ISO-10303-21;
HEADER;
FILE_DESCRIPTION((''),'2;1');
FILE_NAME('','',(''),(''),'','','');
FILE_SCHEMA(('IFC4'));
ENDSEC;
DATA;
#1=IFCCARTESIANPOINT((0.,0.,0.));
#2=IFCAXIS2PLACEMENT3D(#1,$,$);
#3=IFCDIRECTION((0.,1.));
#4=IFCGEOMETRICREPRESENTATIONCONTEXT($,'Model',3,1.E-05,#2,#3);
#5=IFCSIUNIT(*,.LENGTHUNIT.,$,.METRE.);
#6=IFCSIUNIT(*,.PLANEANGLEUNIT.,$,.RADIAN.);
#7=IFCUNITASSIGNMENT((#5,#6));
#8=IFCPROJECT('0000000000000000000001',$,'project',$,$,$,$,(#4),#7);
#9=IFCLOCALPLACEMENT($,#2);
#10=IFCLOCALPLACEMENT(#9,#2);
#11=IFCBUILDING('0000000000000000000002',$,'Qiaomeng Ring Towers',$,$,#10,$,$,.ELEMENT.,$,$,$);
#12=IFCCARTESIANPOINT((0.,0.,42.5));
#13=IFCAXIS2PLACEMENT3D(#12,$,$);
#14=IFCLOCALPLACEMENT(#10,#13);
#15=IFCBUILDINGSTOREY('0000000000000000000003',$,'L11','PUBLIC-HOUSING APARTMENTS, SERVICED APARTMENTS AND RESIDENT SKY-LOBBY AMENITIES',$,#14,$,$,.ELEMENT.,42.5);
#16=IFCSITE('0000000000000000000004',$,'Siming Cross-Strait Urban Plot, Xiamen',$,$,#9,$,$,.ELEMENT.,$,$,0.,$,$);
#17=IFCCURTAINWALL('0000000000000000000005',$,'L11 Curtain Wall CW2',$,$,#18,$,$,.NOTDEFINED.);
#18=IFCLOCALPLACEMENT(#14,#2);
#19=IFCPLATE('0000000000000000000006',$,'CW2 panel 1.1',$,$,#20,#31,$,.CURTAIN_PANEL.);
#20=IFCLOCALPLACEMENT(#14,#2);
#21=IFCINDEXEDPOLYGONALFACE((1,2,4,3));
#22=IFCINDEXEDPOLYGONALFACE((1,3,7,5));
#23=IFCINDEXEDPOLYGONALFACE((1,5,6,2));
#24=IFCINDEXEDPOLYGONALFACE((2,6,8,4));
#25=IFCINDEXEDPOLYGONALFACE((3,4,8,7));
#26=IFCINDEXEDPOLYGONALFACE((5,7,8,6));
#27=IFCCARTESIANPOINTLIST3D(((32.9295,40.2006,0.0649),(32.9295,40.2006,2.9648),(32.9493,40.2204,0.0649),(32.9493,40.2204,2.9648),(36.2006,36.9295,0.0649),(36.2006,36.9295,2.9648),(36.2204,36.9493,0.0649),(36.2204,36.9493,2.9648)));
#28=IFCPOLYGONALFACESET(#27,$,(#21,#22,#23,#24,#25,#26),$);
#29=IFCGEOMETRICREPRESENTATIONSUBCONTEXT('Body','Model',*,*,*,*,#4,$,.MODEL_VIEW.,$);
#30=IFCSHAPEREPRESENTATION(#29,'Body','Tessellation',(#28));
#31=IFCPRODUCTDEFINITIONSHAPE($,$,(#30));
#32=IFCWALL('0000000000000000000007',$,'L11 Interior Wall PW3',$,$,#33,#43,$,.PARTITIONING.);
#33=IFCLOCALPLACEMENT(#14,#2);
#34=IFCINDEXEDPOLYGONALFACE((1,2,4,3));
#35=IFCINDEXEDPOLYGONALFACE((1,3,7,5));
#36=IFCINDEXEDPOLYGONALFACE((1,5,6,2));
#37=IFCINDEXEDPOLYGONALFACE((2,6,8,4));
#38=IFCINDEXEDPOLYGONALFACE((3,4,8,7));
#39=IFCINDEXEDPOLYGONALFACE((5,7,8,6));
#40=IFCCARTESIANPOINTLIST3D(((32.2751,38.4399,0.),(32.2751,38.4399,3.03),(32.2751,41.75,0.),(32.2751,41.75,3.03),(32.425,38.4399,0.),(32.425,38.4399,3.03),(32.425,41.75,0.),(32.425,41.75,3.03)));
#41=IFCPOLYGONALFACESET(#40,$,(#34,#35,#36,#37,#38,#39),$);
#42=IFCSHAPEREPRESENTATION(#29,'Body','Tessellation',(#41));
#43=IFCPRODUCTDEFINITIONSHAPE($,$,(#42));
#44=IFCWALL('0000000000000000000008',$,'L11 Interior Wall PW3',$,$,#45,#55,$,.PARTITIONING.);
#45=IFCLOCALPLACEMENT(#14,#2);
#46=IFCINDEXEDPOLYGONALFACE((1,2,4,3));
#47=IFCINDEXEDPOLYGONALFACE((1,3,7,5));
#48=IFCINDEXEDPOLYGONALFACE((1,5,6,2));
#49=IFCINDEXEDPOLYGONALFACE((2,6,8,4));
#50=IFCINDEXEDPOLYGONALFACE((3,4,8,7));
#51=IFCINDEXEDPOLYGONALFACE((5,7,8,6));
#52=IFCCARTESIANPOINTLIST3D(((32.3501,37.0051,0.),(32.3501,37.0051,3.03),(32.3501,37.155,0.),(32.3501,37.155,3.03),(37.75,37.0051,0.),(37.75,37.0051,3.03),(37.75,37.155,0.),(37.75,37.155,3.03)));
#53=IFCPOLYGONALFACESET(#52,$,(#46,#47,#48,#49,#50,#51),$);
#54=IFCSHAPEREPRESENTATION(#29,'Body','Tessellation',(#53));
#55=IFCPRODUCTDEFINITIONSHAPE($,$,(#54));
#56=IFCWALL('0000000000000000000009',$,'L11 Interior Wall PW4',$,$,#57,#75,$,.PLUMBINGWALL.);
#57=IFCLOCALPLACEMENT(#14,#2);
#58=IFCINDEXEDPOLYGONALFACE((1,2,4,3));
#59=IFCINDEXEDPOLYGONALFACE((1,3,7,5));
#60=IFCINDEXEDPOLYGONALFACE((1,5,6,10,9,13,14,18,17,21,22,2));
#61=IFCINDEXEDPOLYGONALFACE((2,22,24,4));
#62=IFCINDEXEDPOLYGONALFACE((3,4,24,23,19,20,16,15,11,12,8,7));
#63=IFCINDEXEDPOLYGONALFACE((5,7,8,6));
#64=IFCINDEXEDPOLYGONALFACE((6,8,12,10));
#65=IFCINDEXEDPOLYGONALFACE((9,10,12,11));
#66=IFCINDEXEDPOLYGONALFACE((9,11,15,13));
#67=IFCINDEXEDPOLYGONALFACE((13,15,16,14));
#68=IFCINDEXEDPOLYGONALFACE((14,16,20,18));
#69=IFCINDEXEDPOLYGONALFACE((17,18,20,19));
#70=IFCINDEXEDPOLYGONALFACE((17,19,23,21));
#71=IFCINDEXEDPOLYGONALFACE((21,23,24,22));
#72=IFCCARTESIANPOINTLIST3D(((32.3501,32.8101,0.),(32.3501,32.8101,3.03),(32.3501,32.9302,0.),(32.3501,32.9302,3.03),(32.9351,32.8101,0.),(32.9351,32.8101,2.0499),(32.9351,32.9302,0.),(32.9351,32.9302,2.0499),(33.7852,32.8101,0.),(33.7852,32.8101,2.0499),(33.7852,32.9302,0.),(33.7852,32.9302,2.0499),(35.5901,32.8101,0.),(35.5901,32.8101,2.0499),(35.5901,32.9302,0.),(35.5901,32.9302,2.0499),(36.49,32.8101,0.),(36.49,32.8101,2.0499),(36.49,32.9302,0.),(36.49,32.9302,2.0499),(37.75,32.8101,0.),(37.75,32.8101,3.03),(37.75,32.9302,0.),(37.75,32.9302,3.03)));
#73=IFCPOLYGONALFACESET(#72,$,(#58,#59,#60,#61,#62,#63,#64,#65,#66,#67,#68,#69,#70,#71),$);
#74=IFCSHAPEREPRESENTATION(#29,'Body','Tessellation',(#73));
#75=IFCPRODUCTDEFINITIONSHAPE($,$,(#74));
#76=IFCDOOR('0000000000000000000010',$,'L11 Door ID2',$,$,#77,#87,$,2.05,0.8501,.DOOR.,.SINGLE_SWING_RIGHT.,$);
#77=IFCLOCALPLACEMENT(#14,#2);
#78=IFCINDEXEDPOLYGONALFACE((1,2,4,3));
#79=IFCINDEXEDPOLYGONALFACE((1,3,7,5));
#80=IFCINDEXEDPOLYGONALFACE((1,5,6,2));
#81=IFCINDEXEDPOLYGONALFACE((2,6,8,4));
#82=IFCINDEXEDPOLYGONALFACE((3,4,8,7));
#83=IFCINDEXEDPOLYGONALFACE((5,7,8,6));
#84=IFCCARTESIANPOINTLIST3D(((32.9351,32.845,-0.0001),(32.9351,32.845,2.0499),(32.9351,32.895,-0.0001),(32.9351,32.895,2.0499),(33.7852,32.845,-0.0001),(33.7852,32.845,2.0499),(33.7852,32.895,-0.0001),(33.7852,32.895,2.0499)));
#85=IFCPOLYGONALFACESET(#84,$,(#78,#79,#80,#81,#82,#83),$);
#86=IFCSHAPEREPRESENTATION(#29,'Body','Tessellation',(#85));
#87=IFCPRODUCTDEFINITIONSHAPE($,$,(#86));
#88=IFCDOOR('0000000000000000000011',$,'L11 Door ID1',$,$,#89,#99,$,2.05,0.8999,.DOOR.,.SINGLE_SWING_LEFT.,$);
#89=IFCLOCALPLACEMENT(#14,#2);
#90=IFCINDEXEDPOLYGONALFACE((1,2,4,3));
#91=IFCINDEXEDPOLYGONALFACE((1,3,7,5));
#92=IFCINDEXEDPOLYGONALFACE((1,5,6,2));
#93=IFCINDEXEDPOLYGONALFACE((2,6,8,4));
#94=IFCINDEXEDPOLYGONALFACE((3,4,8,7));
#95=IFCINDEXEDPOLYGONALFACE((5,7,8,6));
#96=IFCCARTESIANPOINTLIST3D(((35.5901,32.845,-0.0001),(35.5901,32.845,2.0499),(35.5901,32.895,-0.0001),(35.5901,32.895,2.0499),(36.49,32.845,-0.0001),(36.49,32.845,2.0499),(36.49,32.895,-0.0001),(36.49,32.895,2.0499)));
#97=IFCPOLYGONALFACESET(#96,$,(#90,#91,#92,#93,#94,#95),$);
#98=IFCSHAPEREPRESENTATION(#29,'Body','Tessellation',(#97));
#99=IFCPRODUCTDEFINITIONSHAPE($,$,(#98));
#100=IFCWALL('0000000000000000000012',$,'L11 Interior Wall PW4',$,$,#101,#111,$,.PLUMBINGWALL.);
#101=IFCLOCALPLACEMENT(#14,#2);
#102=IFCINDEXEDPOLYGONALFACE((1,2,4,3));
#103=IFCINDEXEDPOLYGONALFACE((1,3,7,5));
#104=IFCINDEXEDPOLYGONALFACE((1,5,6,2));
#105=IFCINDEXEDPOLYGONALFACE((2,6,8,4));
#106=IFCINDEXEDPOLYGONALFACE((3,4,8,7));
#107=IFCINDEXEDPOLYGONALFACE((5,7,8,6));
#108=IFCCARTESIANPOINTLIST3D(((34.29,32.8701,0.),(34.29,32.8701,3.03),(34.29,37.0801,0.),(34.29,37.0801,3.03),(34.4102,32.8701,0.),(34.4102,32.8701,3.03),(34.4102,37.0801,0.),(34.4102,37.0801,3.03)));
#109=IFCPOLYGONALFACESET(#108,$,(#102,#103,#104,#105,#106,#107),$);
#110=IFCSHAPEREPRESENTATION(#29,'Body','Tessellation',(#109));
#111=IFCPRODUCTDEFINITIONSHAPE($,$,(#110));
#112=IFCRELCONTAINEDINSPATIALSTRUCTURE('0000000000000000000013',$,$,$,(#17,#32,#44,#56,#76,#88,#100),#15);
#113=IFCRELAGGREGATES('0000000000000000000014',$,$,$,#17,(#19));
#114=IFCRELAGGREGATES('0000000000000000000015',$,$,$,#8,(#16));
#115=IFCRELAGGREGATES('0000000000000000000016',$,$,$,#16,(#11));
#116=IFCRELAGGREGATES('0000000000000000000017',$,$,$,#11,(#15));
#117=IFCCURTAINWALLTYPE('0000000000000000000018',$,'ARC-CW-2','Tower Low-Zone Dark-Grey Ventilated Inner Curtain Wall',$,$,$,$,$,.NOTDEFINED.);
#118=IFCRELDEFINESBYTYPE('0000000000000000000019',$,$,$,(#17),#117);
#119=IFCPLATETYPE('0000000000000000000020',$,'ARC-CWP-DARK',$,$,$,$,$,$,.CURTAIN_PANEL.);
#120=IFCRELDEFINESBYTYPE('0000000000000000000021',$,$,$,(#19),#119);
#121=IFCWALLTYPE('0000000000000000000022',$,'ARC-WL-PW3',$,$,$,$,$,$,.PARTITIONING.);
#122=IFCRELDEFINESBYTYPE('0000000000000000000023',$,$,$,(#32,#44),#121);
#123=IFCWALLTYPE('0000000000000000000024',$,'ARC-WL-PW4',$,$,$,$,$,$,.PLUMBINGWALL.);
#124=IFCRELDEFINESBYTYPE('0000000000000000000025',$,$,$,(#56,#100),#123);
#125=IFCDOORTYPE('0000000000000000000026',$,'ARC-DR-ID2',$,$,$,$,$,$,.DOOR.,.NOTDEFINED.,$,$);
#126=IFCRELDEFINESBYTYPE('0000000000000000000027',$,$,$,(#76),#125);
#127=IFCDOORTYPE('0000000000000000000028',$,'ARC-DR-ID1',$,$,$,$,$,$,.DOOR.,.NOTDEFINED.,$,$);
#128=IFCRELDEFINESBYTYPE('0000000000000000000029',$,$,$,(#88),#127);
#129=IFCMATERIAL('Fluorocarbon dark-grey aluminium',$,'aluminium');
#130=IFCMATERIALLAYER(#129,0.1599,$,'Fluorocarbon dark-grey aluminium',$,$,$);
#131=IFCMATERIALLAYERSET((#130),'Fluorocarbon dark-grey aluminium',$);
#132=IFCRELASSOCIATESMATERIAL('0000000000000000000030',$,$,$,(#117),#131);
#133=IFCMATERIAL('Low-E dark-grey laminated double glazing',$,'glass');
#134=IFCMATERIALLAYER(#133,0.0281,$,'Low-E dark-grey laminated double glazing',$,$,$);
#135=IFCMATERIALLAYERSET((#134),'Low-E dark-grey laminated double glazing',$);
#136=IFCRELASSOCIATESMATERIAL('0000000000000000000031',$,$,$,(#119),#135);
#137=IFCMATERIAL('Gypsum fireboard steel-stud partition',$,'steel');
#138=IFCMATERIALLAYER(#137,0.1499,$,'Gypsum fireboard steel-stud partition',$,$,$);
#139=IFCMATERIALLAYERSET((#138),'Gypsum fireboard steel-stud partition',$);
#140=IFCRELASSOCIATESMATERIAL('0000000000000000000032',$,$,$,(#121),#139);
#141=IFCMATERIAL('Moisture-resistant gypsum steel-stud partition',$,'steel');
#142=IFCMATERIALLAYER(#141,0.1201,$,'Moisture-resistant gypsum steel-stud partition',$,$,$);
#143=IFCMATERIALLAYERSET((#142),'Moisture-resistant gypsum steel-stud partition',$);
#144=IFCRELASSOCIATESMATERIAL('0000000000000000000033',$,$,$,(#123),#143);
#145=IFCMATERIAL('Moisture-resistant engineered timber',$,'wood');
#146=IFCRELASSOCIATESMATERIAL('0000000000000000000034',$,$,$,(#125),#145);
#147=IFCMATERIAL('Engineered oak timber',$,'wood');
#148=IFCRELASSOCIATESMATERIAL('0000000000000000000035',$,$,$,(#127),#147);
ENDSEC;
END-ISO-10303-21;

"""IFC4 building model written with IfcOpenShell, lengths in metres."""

from ifc_helpers import new_model, si_unit, direction, frame, frame_2d, origin, origin_2d, place, context, subcontext, project, spatial, rectangle, extrude, source, transform, mapped, material, layer, layer_set, type_object, element, fill, aggregate, save


model = new_model("IFC4")

# Units and contexts
model_context = context("Model", 3, precision=1e-05, world=origin(), true_north=direction((0.0, 1.0)))
body_context = subcontext(model_context, "Body", "Model", "MODEL_VIEW")
ifc_project = project(units=[si_unit("LENGTHUNIT", "METRE"), si_unit("PLANEANGLEUNIT", "RADIAN")], contexts=[model_context])

# Site, building, storey
site_placement = place(None, origin())
site = spatial("IfcSite", under=ifc_project, at=site_placement, Name="Siming Cross-Strait Urban Plot, Xiamen", CompositionType="ELEMENT", RefElevation=0.0)
building_placement = place(site_placement, origin())
building = spatial("IfcBuilding", under=site, at=building_placement, Name="Qiaomeng Ring Towers", CompositionType="ELEMENT")
storey_placement = place(building_placement, frame((0.0, 0.0, 42.5)))
storey = spatial("IfcBuildingStorey", under=building, at=storey_placement, Name="L11", Description="PUBLIC-HOUSING APARTMENTS, SERVICED APARTMENTS AND RESIDENT SKY-LOBBY AMENITIES", CompositionType="ELEMENT", Elevation=42.5)

# Curtain wall, plate
ifc_material_1 = material(Name="Fluorocarbon dark-grey aluminium", Category="aluminium")
ifc_layer_1 = layer(ifc_material_1, 0.1599, Name="Fluorocarbon dark-grey aluminium")
ifc_layer_set_1 = layer_set([ifc_layer_1], Name="Fluorocarbon dark-grey aluminium")
curtain_wall_type = type_object("IfcCurtainWallType", Name="ARC-CW-2", Description="Tower Low-Zone Dark-Grey Ventilated Inner Curtain Wall", PredefinedType="NOTDEFINED", material=ifc_layer_set_1)
curtain_wall_placement = place(storey_placement, origin())
curtain_wall = element("IfcCurtainWall", 1, at=curtain_wall_placement, inside=storey, type_object=curtain_wall_type, Name="L11 Curtain Wall CW2", PredefinedType="NOTDEFINED")
ifc_material_2 = material(Name="Low-E dark-grey laminated double glazing", Category="glass")
ifc_layer_2 = layer(ifc_material_2, 0.0281, Name="Low-E dark-grey laminated double glazing")
ifc_layer_set_2 = layer_set([ifc_layer_2], Name="Low-E dark-grey laminated double glazing")
plate_type = type_object("IfcPlateType", Name="ARC-CWP-DARK", PredefinedType="CURTAIN_PANEL", material=ifc_layer_set_2)
shared_shape_1 = source(origin(), body_context, "Body", "SweptSolid", [
    extrude(rectangle(XDim=4.626, YDim=0.0281, at=origin_2d()), origin(), (0.0, 0.0, 1.0), 2.8999),
])
plate_placement = place(storey_placement, frame((34.575, 38.575, 0.0649), z_axis=(0.0, 0.0, 1.0), x_axis=(-0.707107, 0.707107, 0.0)))
plate = element("IfcPlate", 2, at=plate_placement, type_object=plate_type, Name="CW2 panel 1.1", PredefinedType="CURTAIN_PANEL", context=body_context, shape_type="MappedRepresentation", body=[
    mapped(shared_shape_1, transform((0.0, 0.0, 0.0), x_axis=(1.0, 0.0, 0.0), y_axis=(0.0, 1.0, 0.0), z_axis=(0.0, 0.0, 1.0), scale=1.0)),
])
aggregate(curtain_wall, [plate])

# Walls
ifc_material_3 = material(Name="Gypsum fireboard steel-stud partition", Category="steel")
ifc_layer_3 = layer(ifc_material_3, 0.1499, Name="Gypsum fireboard steel-stud partition")
ifc_layer_set_3 = layer_set([ifc_layer_3], Name="Gypsum fireboard steel-stud partition")
wall_type_1 = type_object("IfcWallType", Name="ARC-WL-PW3", PredefinedType="PARTITIONING", material=ifc_layer_set_3)
wall_1_placement = place(storey_placement, frame((32.3501, 38.4399, 0.0), z_axis=(0.0, 0.0, 1.0), x_axis=(0.0, 1.0, 0.0)))
element("IfcWall", 3, at=wall_1_placement, inside=storey, type_object=wall_type_1, Name="L11 Interior Wall PW3", PredefinedType="PARTITIONING", context=body_context, shape_type="SweptSolid", body=[
    extrude(rectangle(XDim=3.3101, YDim=0.1499, at=frame_2d((1.655, 0.0))), origin(), (0.0, 0.0, 1.0), 3.03),
])
wall_2_placement = place(storey_placement, frame((32.3501, 37.0801, 0.0), z_axis=(0.0, 0.0, 1.0), x_axis=(1.0, 0.0, 0.0)))
element("IfcWall", 4, at=wall_2_placement, inside=storey, type_object=wall_type_1, Name="L11 Interior Wall PW3", PredefinedType="PARTITIONING", context=body_context, shape_type="SweptSolid", body=[
    extrude(rectangle(XDim=5.3999, YDim=0.1499, at=frame_2d((2.7, 0.0))), origin(), (0.0, 0.0, 1.0), 3.03),
])

# Wall, openings, doors
ifc_material_4 = material(Name="Moisture-resistant gypsum steel-stud partition", Category="steel")
ifc_layer_4 = layer(ifc_material_4, 0.1201, Name="Moisture-resistant gypsum steel-stud partition")
ifc_layer_set_4 = layer_set([ifc_layer_4], Name="Moisture-resistant gypsum steel-stud partition")
wall_type_2 = type_object("IfcWallType", Name="ARC-WL-PW4", PredefinedType="PLUMBINGWALL", material=ifc_layer_set_4)
wall_3_placement = place(storey_placement, frame((32.3501, 32.8701, 0.0), z_axis=(0.0, 0.0, 1.0), x_axis=(1.0, 0.0, 0.0)))
wall_3 = element("IfcWall", 5, at=wall_3_placement, inside=storey, type_object=wall_type_2, Name="L11 Interior Wall PW4", PredefinedType="PLUMBINGWALL", context=body_context, shape_type="SweptSolid", body=[
    extrude(rectangle(XDim=5.3999, YDim=0.1201, at=frame_2d((2.7, 0.0))), origin(), (0.0, 0.0, 1.0), 3.03),
])
opening_1_placement = place(wall_3_placement, frame((0.585, 0.0, 0.0)))
opening_1 = element("IfcOpeningElement", 6, at=opening_1_placement, cuts=wall_3, PredefinedType="OPENING", context=body_context, shape_type="SweptSolid", body=[
    extrude(rectangle(XDim=0.8501, YDim=2.05, at=frame_2d((0.425, 1.0249))), frame((0.0, 0.0701, 0.0), z_axis=(0.0, -1.0, 0.0), x_axis=(1.0, 0.0, 0.0)), (0.0, 0.0, 1.0), 0.1401),
])
opening_2_placement = place(wall_3_placement, frame((3.24, 0.0, 0.0)))
opening_2 = element("IfcOpeningElement", 7, at=opening_2_placement, cuts=wall_3, PredefinedType="OPENING", context=body_context, shape_type="SweptSolid", body=[
    extrude(rectangle(XDim=0.8999, YDim=2.05, at=frame_2d((0.45, 1.0249))), frame((0.0, 0.0701, 0.0), z_axis=(0.0, -1.0, 0.0), x_axis=(1.0, 0.0, 0.0)), (0.0, 0.0, 1.0), 0.1401),
])
ifc_material_5 = material(Name="Moisture-resistant engineered timber", Category="wood")
door_type_1 = type_object("IfcDoorType", Name="ARC-DR-ID2", OperationType="NOTDEFINED", PredefinedType="DOOR", material=ifc_material_5)
shared_shape_2 = source(origin(), body_context, "Body", "SweptSolid", [
    extrude(rectangle(XDim=0.8501, YDim=2.05, at=frame_2d((0.425, 1.0249))), frame((0.0, 0.0249, 0.0), z_axis=(0.0, -1.0, 0.0), x_axis=(1.0, 0.0, 0.0)), (0.0, 0.0, 1.0), 0.05),
])
door_1_placement = place(opening_1_placement, origin())
door_1 = element("IfcDoor", 8, at=door_1_placement, inside=storey, type_object=door_type_1, Name="L11 Door ID2", OperationType="SINGLE_SWING_RIGHT", OverallHeight=2.05, OverallWidth=0.8501, PredefinedType="DOOR", context=body_context, shape_type="MappedRepresentation", body=[
    mapped(shared_shape_2, transform((0.0, 0.0, 0.0), x_axis=(1.0, 0.0, 0.0), y_axis=(0.0, 1.0, 0.0), z_axis=(0.0, 0.0, 1.0), scale=1.0)),
])
fill(opening_1, door_1)
ifc_material_6 = material(Name="Engineered oak timber", Category="wood")
door_type_2 = type_object("IfcDoorType", Name="ARC-DR-ID1", OperationType="NOTDEFINED", PredefinedType="DOOR", material=ifc_material_6)
shared_shape_3 = source(origin(), body_context, "Body", "SweptSolid", [
    extrude(rectangle(XDim=0.8999, YDim=2.05, at=frame_2d((0.45, 1.0249))), frame((0.0, 0.0249, 0.0), z_axis=(0.0, -1.0, 0.0), x_axis=(1.0, 0.0, 0.0)), (0.0, 0.0, 1.0), 0.05),
])
door_2_placement = place(opening_2_placement, origin())
door_2 = element("IfcDoor", 9, at=door_2_placement, inside=storey, type_object=door_type_2, Name="L11 Door ID1", OperationType="SINGLE_SWING_LEFT", OverallHeight=2.05, OverallWidth=0.8999, PredefinedType="DOOR", context=body_context, shape_type="MappedRepresentation", body=[
    mapped(shared_shape_3, transform((0.0, 0.0, 0.0), x_axis=(1.0, 0.0, 0.0), y_axis=(0.0, 1.0, 0.0), z_axis=(0.0, 0.0, 1.0), scale=1.0)),
])
fill(opening_2, door_2)

# Wall
wall_4_placement = place(storey_placement, frame((34.3501, 32.8701, 0.0), z_axis=(0.0, 0.0, 1.0), x_axis=(0.0, 1.0, 0.0)))
element("IfcWall", 10, at=wall_4_placement, inside=storey, type_object=wall_type_2, Name="L11 Interior Wall PW4", PredefinedType="PLUMBINGWALL", context=body_context, shape_type="SweptSolid", body=[
    extrude(rectangle(XDim=4.21, YDim=0.1201, at=frame_2d((2.105, 0.0))), origin(), (0.0, 0.0, 1.0), 3.03),
])

save(model, "model.ifc")
